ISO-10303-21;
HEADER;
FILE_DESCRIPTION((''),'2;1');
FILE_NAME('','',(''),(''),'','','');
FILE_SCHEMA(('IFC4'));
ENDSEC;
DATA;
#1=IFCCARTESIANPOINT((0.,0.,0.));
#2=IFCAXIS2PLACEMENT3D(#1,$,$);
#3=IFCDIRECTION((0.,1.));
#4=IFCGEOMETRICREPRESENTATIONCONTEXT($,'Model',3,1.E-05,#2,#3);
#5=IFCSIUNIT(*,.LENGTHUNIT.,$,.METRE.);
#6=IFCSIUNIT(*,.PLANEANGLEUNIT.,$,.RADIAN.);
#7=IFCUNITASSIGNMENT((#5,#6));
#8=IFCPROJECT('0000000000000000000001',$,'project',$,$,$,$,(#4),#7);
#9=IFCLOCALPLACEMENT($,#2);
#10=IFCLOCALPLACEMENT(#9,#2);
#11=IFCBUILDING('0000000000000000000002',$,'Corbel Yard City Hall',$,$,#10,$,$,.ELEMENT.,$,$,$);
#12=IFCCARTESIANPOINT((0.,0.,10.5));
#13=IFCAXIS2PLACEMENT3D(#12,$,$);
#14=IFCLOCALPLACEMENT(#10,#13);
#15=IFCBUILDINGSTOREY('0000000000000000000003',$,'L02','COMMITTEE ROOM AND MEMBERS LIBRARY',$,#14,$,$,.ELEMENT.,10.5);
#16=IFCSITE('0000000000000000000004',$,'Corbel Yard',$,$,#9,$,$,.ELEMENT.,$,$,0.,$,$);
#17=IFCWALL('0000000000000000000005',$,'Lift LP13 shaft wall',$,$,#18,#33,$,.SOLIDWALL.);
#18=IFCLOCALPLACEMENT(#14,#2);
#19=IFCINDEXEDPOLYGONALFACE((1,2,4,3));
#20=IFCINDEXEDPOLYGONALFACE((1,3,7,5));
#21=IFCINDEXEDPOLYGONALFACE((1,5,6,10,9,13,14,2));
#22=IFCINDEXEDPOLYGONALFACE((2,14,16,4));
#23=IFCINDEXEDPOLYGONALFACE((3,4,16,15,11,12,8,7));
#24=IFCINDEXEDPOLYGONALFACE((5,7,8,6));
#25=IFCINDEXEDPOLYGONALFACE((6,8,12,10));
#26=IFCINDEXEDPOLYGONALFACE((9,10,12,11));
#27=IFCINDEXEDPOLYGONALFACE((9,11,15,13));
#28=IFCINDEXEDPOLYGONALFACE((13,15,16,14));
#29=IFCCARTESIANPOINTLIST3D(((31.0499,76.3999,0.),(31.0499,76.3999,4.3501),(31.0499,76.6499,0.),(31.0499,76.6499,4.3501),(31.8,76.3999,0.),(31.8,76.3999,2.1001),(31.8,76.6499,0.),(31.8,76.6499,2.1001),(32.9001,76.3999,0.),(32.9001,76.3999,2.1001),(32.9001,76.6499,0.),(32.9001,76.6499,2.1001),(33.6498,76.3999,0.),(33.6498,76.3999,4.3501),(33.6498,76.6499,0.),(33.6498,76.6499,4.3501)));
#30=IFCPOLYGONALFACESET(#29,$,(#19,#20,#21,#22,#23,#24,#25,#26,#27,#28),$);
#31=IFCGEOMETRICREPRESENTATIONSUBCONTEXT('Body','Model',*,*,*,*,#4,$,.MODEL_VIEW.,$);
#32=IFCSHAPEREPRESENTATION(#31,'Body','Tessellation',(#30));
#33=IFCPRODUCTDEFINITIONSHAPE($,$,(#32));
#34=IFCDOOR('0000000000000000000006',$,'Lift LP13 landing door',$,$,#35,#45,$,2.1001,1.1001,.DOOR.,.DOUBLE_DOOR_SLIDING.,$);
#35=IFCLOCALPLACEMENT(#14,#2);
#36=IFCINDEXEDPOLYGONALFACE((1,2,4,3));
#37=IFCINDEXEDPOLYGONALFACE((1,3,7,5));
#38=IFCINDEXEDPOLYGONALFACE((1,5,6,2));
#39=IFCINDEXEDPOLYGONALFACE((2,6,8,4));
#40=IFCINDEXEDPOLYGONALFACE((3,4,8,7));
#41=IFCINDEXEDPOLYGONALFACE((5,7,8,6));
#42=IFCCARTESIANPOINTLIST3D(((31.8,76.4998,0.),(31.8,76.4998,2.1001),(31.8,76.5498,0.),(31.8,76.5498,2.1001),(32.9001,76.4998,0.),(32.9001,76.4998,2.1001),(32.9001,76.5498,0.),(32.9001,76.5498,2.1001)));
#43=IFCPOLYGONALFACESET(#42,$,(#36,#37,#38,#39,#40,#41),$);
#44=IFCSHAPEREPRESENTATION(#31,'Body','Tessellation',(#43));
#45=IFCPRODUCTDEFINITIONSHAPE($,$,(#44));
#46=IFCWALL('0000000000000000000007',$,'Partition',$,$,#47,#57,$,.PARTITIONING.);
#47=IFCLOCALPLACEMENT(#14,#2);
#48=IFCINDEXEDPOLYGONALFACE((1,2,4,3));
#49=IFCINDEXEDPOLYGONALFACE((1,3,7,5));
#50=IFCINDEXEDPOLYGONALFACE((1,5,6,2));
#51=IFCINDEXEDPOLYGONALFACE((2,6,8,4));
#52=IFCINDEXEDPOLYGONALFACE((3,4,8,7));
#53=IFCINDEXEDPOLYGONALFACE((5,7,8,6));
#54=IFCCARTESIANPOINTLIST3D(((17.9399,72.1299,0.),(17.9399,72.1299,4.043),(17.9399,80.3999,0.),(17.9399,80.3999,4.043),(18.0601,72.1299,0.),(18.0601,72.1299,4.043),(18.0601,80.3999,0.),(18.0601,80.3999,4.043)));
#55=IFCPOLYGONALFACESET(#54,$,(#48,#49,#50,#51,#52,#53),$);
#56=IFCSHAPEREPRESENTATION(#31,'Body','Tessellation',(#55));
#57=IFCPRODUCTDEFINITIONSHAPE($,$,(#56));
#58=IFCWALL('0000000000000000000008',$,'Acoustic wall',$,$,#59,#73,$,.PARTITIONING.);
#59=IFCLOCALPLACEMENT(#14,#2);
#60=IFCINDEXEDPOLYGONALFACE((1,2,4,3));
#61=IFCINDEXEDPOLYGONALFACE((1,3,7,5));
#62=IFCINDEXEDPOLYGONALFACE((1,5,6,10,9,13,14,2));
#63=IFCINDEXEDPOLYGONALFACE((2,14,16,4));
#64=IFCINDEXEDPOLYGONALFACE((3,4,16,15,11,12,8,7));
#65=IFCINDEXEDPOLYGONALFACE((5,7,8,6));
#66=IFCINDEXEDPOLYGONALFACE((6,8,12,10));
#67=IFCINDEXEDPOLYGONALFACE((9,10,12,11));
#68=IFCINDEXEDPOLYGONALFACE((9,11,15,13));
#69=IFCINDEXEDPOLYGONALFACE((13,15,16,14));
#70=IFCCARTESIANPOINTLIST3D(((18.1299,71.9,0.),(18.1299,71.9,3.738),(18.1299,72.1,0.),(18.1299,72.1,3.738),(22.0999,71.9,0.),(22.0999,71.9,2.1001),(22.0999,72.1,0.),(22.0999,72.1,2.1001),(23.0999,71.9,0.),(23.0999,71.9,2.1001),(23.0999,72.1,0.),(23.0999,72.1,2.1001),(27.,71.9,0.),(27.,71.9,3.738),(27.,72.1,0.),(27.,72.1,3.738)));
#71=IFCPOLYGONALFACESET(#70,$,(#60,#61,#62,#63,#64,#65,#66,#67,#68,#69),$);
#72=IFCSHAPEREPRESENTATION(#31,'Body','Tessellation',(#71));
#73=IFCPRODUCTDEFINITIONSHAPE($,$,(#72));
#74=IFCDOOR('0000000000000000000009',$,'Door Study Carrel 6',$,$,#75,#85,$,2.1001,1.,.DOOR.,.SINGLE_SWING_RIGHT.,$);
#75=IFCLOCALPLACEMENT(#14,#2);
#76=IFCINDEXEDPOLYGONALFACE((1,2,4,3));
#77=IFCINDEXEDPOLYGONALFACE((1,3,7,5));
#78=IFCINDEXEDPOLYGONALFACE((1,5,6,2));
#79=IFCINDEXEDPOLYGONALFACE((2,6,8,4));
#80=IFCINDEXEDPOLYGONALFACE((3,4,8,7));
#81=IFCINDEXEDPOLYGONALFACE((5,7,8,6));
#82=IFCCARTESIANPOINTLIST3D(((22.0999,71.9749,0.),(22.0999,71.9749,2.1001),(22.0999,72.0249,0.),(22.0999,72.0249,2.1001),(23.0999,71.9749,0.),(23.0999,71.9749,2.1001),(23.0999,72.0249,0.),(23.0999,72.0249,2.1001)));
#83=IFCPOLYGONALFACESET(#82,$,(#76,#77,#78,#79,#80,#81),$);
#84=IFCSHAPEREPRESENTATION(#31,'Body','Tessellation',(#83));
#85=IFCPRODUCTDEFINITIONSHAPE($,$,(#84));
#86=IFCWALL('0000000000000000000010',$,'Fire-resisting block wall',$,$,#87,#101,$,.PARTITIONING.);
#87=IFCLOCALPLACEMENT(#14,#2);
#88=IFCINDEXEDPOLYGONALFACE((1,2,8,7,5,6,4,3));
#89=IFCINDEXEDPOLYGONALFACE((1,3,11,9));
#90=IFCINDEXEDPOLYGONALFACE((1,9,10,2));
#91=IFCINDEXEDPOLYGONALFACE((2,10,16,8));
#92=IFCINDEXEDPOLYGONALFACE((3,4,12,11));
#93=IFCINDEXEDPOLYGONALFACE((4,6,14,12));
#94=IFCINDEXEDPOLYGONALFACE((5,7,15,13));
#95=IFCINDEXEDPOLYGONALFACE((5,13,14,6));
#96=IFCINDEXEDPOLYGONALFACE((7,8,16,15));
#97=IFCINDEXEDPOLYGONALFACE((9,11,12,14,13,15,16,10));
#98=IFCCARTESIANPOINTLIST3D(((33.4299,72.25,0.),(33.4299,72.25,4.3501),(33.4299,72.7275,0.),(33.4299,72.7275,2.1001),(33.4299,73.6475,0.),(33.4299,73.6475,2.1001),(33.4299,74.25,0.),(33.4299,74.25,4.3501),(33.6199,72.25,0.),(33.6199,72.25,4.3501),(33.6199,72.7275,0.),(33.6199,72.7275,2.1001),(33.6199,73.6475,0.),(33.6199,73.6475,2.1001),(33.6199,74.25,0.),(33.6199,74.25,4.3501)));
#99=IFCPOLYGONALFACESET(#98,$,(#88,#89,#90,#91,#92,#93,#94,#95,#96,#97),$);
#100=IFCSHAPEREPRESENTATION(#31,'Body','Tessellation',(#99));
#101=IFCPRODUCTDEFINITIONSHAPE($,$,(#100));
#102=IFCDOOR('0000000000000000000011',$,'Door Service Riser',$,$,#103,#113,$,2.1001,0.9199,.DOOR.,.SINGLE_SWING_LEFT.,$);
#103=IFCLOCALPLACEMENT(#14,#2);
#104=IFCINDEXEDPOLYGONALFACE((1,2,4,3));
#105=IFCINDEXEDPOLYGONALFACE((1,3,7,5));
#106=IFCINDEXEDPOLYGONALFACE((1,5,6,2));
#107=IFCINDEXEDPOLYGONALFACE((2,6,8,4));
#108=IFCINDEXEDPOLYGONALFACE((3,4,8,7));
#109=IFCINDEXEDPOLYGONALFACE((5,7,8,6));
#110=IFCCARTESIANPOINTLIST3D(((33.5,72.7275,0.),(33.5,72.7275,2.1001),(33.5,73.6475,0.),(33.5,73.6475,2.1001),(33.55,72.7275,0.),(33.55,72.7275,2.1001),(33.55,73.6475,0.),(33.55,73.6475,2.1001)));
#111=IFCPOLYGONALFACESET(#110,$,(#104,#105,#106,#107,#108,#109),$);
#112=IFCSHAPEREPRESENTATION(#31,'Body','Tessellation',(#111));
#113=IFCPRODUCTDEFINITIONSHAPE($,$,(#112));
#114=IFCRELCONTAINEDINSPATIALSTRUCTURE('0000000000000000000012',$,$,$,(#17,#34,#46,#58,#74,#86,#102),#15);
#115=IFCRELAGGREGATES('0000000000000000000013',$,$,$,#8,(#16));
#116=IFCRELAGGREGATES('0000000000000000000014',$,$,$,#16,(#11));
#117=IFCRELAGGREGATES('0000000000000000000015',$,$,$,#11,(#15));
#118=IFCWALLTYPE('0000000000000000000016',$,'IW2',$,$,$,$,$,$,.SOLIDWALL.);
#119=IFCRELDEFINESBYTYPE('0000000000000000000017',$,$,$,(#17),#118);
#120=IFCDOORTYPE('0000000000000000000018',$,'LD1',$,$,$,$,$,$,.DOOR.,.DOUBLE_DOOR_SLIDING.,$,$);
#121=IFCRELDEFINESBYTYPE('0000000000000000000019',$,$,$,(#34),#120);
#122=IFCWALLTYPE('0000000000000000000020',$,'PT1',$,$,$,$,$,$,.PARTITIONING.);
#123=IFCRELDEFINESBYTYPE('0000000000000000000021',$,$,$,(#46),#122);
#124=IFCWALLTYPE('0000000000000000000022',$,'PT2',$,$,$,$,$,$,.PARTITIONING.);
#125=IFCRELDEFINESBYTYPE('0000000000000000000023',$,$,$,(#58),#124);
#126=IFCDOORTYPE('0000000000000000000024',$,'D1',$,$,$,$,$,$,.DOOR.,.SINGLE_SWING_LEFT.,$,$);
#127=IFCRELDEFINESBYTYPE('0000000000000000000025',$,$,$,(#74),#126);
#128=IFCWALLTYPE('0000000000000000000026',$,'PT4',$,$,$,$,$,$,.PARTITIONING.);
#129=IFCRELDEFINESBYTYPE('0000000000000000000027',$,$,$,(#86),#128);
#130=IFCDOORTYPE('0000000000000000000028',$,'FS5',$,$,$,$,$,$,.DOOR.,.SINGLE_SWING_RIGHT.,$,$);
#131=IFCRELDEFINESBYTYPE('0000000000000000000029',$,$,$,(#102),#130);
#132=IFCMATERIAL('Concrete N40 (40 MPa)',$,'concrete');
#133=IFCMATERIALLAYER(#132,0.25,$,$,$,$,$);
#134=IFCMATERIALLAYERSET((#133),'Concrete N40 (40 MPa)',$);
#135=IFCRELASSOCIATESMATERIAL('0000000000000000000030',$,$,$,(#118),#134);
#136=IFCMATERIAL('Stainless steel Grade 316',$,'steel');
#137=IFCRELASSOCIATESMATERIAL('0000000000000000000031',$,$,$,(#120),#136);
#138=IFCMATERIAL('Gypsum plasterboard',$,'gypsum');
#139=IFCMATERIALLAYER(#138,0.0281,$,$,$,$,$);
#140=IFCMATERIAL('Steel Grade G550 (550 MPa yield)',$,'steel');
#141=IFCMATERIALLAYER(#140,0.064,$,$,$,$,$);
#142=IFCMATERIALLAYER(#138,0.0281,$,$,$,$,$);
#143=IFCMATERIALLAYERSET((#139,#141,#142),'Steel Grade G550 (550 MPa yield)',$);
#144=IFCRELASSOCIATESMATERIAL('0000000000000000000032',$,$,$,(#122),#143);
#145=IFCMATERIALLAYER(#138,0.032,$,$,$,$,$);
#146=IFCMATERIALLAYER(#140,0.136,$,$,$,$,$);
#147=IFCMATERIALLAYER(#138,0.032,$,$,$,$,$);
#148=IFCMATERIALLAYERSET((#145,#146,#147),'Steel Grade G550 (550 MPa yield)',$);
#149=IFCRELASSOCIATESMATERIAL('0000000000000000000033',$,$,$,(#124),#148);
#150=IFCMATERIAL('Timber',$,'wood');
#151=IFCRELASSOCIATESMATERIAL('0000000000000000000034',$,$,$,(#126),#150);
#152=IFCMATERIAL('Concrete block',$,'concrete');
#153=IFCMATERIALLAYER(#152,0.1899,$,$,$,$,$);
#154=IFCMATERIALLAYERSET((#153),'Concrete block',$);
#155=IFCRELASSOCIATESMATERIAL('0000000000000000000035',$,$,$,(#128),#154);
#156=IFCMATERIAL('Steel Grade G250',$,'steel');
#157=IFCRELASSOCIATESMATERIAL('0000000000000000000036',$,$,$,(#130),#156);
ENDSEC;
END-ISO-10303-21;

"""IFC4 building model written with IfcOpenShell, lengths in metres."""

from ifc_helpers import new_model, si_unit, direction, frame, frame_2d, origin, place, context, subcontext, project, spatial, rectangle, extrude, material, layer, layer_set, type_object, element, fill, save


model = new_model("IFC4")

# Units and contexts
model_context = context("Model", 3, precision=1e-05, world=origin(), true_north=direction((0.0, 1.0)))
body_context = subcontext(model_context, "Body", "Model", "MODEL_VIEW")
ifc_project = project(units=[si_unit("LENGTHUNIT", "METRE"), si_unit("PLANEANGLEUNIT", "RADIAN")], contexts=[model_context])

# Site, building, storey
site_placement = place(None, origin())
site = spatial("IfcSite", under=ifc_project, at=site_placement, Name="Corbel Yard", CompositionType="ELEMENT", RefElevation=0.0)
building_placement = place(site_placement, origin())
building = spatial("IfcBuilding", under=site, at=building_placement, Name="Corbel Yard City Hall", CompositionType="ELEMENT")
storey_placement = place(building_placement, frame((0.0, 0.0, 10.5)))
storey = spatial("IfcBuildingStorey", under=building, at=storey_placement, Name="L02", Description="COMMITTEE ROOM AND MEMBERS LIBRARY", CompositionType="ELEMENT", Elevation=10.5)

# Shared definitions
ifc_material_1 = material(Name="Steel Grade G250", Category="steel")
ifc_material_2 = material(Name="Concrete N40 (40 MPa)", Category="concrete")
ifc_layer_1 = layer(ifc_material_2, 0.25)
ifc_layer_set_1 = layer_set([ifc_layer_1], Name="Concrete N40 (40 MPa)")
wall_type_1 = type_object("IfcWallType", Name="IW2", PredefinedType="SOLIDWALL", material=ifc_layer_set_1)

# Wall, opening, door
wall_1_placement = place(storey_placement, frame((31.05, 76.5249, 0.0), z_axis=(0.0, 0.0, 1.0), x_axis=(1.0, 0.0, 0.0)))
wall_1 = element("IfcWall", 1, at=wall_1_placement, inside=storey, type_object=wall_type_1, Name="Lift LP13 shaft wall", PredefinedType="SOLIDWALL", context=body_context, shape_type="SweptSolid", body=[
    extrude(rectangle(XDim=2.5999, YDim=0.25, at=frame_2d((1.2998, 0.0))), origin(), (0.0, 0.0, 1.0), 4.3501),
])
opening_1_placement = place(wall_1_placement, frame((0.75, 0.0, 0.0)))
opening_1 = element("IfcOpeningElement", 2, at=opening_1_placement, cuts=wall_1, PredefinedType="OPENING", context=body_context, shape_type="SweptSolid", body=[
    extrude(rectangle(XDim=1.1001, YDim=2.1001, at=frame_2d((0.55, 1.05))), frame((0.0, 0.135, 0.0), z_axis=(0.0, -1.0, 0.0), x_axis=(1.0, 0.0, 0.0)), (0.0, 0.0, 1.0), 0.27),
])
ifc_material_3 = material(Name="Stainless steel Grade 316", Category="steel")
door_type_1 = type_object("IfcDoorType", Name="LD1", OperationType="DOUBLE_DOOR_SLIDING", PredefinedType="DOOR", material=ifc_material_3)
door_1_placement = place(opening_1_placement, origin())
door_1 = element("IfcDoor", 3, at=door_1_placement, inside=storey, type_object=door_type_1, Name="Lift LP13 landing door", OperationType="DOUBLE_DOOR_SLIDING", OverallHeight=2.1001, OverallWidth=1.1001, PredefinedType="DOOR", context=body_context, shape_type="SweptSolid", body=[
    extrude(rectangle(XDim=1.1001, YDim=2.1001, at=frame_2d((0.55, 1.05))), frame((0.0, 0.0249, 0.0), z_axis=(0.0, -1.0, 0.0), x_axis=(1.0, 0.0, 0.0)), (0.0, 0.0, 1.0), 0.05),
])
fill(opening_1, door_1)

# Wall
ifc_material_4 = material(Name="Gypsum plasterboard", Category="gypsum")
ifc_layer_2 = layer(ifc_material_4, 0.0281)
ifc_material_5 = material(Name="Steel Grade G550 (550 MPa yield)", Category="steel")
ifc_layer_3 = layer(ifc_material_5, 0.064)
ifc_layer_4 = layer(ifc_material_4, 0.0281)
ifc_layer_set_2 = layer_set([ifc_layer_2, ifc_layer_3, ifc_layer_4], Name="Steel Grade G550 (550 MPa yield)")
wall_type_2 = type_object("IfcWallType", Name="PT1", PredefinedType="PARTITIONING", material=ifc_layer_set_2)
wall_2_placement = place(storey_placement, frame((18.0, 72.1299, 0.0), z_axis=(0.0, 0.0, 1.0), x_axis=(0.0, 1.0, 0.0)))
element("IfcWall", 4, at=wall_2_placement, inside=storey, type_object=wall_type_2, Name="Partition", PredefinedType="PARTITIONING", context=body_context, shape_type="SweptSolid", body=[
    extrude(rectangle(XDim=8.27, YDim=0.1201, at=frame_2d((4.135, 0.0))), origin(), (0.0, 0.0, 1.0), 4.043),
])

# Walls, openings, doors
ifc_layer_5 = layer(ifc_material_4, 0.032)
ifc_layer_6 = layer(ifc_material_5, 0.136)
ifc_layer_7 = layer(ifc_material_4, 0.032)
ifc_layer_set_3 = layer_set([ifc_layer_5, ifc_layer_6, ifc_layer_7], Name="Steel Grade G550 (550 MPa yield)")
wall_type_3 = type_object("IfcWallType", Name="PT2", PredefinedType="PARTITIONING", material=ifc_layer_set_3)
wall_3_placement = place(storey_placement, frame((18.1299, 72.0, 0.0), z_axis=(0.0, 0.0, 1.0), x_axis=(1.0, 0.0, 0.0)))
wall_3 = element("IfcWall", 5, at=wall_3_placement, inside=storey, type_object=wall_type_3, Name="Acoustic wall", PredefinedType="PARTITIONING", context=body_context, shape_type="SweptSolid", body=[
    extrude(rectangle(XDim=8.8701, YDim=0.2, at=frame_2d((4.4351, 0.0))), origin(), (0.0, 0.0, 1.0), 3.738),
])
opening_2_placement = place(wall_3_placement, frame((3.97, 0.0, 0.0)))
opening_2 = element("IfcOpeningElement", 6, at=opening_2_placement, cuts=wall_3, PredefinedType="OPENING", context=body_context, shape_type="SweptSolid", body=[
    extrude(rectangle(XDim=1.0, YDim=2.1001, at=frame_2d((0.5, 1.05))), frame((0.0, 0.1099, 0.0), z_axis=(0.0, -1.0, 0.0), x_axis=(1.0, 0.0, 0.0)), (0.0, 0.0, 1.0), 0.22),
])
ifc_material_6 = material(Name="Timber", Category="wood")
door_type_2 = type_object("IfcDoorType", Name="D1", OperationType="SINGLE_SWING_LEFT", PredefinedType="DOOR", material=ifc_material_6)
door_2_placement = place(opening_2_placement, origin())
door_2 = element("IfcDoor", 7, at=door_2_placement, inside=storey, type_object=door_type_2, Name="Door Study Carrel 6", OperationType="SINGLE_SWING_RIGHT", OverallHeight=2.1001, OverallWidth=1.0, PredefinedType="DOOR", context=body_context, shape_type="SweptSolid", body=[
    extrude(rectangle(XDim=1.0, YDim=2.1001, at=frame_2d((0.5, 1.05))), frame((0.0, 0.0249, 0.0), z_axis=(0.0, -1.0, 0.0), x_axis=(1.0, 0.0, 0.0)), (0.0, 0.0, 1.0), 0.05),
])
fill(opening_2, door_2)
ifc_material_7 = material(Name="Concrete block", Category="concrete")
ifc_layer_8 = layer(ifc_material_7, 0.1899)
ifc_layer_set_4 = layer_set([ifc_layer_8], Name="Concrete block")
wall_type_4 = type_object("IfcWallType", Name="PT4", PredefinedType="PARTITIONING", material=ifc_layer_set_4)
wall_4_placement = place(storey_placement, frame((33.5249, 72.25, 0.0), z_axis=(0.0, 0.0, 1.0), x_axis=(0.0, 1.0, 0.0)))
wall_4 = element("IfcWall", 8, at=wall_4_placement, inside=storey, type_object=wall_type_4, Name="Fire-resisting block wall", PredefinedType="PARTITIONING", context=body_context, shape_type="SweptSolid", body=[
    extrude(rectangle(XDim=2.0, YDim=0.1899, at=frame_2d((1.0, 0.0))), origin(), (0.0, 0.0, 1.0), 4.3501),
])
opening_3_placement = place(wall_4_placement, frame((0.4775, 0.0, 0.0)))
opening_3 = element("IfcOpeningElement", 9, at=opening_3_placement, cuts=wall_4, PredefinedType="OPENING", context=body_context, shape_type="SweptSolid", body=[
    extrude(rectangle(XDim=0.9199, YDim=2.1001, at=frame_2d((0.46, 1.05))), frame((0.0, 0.105, 0.0), z_axis=(0.0, -1.0, 0.0), x_axis=(1.0, 0.0, 0.0)), (0.0, 0.0, 1.0), 0.21),
])
door_type_3 = type_object("IfcDoorType", Name="FS5", OperationType="SINGLE_SWING_RIGHT", PredefinedType="DOOR", material=ifc_material_1)
door_3_placement = place(opening_3_placement, origin())
door_3 = element("IfcDoor", 10, at=door_3_placement, inside=storey, type_object=door_type_3, Name="Door Service Riser", OperationType="SINGLE_SWING_LEFT", OverallHeight=2.1001, OverallWidth=0.9199, PredefinedType="DOOR", context=body_context, shape_type="SweptSolid", body=[
    extrude(rectangle(XDim=0.9199, YDim=2.1001, at=frame_2d((0.46, 1.05))), frame((0.0, 0.0249, 0.0), z_axis=(0.0, -1.0, 0.0), x_axis=(1.0, 0.0, 0.0)), (0.0, 0.0, 1.0), 0.05),
])
fill(opening_3, door_3)

save(model, "model.ifc")
